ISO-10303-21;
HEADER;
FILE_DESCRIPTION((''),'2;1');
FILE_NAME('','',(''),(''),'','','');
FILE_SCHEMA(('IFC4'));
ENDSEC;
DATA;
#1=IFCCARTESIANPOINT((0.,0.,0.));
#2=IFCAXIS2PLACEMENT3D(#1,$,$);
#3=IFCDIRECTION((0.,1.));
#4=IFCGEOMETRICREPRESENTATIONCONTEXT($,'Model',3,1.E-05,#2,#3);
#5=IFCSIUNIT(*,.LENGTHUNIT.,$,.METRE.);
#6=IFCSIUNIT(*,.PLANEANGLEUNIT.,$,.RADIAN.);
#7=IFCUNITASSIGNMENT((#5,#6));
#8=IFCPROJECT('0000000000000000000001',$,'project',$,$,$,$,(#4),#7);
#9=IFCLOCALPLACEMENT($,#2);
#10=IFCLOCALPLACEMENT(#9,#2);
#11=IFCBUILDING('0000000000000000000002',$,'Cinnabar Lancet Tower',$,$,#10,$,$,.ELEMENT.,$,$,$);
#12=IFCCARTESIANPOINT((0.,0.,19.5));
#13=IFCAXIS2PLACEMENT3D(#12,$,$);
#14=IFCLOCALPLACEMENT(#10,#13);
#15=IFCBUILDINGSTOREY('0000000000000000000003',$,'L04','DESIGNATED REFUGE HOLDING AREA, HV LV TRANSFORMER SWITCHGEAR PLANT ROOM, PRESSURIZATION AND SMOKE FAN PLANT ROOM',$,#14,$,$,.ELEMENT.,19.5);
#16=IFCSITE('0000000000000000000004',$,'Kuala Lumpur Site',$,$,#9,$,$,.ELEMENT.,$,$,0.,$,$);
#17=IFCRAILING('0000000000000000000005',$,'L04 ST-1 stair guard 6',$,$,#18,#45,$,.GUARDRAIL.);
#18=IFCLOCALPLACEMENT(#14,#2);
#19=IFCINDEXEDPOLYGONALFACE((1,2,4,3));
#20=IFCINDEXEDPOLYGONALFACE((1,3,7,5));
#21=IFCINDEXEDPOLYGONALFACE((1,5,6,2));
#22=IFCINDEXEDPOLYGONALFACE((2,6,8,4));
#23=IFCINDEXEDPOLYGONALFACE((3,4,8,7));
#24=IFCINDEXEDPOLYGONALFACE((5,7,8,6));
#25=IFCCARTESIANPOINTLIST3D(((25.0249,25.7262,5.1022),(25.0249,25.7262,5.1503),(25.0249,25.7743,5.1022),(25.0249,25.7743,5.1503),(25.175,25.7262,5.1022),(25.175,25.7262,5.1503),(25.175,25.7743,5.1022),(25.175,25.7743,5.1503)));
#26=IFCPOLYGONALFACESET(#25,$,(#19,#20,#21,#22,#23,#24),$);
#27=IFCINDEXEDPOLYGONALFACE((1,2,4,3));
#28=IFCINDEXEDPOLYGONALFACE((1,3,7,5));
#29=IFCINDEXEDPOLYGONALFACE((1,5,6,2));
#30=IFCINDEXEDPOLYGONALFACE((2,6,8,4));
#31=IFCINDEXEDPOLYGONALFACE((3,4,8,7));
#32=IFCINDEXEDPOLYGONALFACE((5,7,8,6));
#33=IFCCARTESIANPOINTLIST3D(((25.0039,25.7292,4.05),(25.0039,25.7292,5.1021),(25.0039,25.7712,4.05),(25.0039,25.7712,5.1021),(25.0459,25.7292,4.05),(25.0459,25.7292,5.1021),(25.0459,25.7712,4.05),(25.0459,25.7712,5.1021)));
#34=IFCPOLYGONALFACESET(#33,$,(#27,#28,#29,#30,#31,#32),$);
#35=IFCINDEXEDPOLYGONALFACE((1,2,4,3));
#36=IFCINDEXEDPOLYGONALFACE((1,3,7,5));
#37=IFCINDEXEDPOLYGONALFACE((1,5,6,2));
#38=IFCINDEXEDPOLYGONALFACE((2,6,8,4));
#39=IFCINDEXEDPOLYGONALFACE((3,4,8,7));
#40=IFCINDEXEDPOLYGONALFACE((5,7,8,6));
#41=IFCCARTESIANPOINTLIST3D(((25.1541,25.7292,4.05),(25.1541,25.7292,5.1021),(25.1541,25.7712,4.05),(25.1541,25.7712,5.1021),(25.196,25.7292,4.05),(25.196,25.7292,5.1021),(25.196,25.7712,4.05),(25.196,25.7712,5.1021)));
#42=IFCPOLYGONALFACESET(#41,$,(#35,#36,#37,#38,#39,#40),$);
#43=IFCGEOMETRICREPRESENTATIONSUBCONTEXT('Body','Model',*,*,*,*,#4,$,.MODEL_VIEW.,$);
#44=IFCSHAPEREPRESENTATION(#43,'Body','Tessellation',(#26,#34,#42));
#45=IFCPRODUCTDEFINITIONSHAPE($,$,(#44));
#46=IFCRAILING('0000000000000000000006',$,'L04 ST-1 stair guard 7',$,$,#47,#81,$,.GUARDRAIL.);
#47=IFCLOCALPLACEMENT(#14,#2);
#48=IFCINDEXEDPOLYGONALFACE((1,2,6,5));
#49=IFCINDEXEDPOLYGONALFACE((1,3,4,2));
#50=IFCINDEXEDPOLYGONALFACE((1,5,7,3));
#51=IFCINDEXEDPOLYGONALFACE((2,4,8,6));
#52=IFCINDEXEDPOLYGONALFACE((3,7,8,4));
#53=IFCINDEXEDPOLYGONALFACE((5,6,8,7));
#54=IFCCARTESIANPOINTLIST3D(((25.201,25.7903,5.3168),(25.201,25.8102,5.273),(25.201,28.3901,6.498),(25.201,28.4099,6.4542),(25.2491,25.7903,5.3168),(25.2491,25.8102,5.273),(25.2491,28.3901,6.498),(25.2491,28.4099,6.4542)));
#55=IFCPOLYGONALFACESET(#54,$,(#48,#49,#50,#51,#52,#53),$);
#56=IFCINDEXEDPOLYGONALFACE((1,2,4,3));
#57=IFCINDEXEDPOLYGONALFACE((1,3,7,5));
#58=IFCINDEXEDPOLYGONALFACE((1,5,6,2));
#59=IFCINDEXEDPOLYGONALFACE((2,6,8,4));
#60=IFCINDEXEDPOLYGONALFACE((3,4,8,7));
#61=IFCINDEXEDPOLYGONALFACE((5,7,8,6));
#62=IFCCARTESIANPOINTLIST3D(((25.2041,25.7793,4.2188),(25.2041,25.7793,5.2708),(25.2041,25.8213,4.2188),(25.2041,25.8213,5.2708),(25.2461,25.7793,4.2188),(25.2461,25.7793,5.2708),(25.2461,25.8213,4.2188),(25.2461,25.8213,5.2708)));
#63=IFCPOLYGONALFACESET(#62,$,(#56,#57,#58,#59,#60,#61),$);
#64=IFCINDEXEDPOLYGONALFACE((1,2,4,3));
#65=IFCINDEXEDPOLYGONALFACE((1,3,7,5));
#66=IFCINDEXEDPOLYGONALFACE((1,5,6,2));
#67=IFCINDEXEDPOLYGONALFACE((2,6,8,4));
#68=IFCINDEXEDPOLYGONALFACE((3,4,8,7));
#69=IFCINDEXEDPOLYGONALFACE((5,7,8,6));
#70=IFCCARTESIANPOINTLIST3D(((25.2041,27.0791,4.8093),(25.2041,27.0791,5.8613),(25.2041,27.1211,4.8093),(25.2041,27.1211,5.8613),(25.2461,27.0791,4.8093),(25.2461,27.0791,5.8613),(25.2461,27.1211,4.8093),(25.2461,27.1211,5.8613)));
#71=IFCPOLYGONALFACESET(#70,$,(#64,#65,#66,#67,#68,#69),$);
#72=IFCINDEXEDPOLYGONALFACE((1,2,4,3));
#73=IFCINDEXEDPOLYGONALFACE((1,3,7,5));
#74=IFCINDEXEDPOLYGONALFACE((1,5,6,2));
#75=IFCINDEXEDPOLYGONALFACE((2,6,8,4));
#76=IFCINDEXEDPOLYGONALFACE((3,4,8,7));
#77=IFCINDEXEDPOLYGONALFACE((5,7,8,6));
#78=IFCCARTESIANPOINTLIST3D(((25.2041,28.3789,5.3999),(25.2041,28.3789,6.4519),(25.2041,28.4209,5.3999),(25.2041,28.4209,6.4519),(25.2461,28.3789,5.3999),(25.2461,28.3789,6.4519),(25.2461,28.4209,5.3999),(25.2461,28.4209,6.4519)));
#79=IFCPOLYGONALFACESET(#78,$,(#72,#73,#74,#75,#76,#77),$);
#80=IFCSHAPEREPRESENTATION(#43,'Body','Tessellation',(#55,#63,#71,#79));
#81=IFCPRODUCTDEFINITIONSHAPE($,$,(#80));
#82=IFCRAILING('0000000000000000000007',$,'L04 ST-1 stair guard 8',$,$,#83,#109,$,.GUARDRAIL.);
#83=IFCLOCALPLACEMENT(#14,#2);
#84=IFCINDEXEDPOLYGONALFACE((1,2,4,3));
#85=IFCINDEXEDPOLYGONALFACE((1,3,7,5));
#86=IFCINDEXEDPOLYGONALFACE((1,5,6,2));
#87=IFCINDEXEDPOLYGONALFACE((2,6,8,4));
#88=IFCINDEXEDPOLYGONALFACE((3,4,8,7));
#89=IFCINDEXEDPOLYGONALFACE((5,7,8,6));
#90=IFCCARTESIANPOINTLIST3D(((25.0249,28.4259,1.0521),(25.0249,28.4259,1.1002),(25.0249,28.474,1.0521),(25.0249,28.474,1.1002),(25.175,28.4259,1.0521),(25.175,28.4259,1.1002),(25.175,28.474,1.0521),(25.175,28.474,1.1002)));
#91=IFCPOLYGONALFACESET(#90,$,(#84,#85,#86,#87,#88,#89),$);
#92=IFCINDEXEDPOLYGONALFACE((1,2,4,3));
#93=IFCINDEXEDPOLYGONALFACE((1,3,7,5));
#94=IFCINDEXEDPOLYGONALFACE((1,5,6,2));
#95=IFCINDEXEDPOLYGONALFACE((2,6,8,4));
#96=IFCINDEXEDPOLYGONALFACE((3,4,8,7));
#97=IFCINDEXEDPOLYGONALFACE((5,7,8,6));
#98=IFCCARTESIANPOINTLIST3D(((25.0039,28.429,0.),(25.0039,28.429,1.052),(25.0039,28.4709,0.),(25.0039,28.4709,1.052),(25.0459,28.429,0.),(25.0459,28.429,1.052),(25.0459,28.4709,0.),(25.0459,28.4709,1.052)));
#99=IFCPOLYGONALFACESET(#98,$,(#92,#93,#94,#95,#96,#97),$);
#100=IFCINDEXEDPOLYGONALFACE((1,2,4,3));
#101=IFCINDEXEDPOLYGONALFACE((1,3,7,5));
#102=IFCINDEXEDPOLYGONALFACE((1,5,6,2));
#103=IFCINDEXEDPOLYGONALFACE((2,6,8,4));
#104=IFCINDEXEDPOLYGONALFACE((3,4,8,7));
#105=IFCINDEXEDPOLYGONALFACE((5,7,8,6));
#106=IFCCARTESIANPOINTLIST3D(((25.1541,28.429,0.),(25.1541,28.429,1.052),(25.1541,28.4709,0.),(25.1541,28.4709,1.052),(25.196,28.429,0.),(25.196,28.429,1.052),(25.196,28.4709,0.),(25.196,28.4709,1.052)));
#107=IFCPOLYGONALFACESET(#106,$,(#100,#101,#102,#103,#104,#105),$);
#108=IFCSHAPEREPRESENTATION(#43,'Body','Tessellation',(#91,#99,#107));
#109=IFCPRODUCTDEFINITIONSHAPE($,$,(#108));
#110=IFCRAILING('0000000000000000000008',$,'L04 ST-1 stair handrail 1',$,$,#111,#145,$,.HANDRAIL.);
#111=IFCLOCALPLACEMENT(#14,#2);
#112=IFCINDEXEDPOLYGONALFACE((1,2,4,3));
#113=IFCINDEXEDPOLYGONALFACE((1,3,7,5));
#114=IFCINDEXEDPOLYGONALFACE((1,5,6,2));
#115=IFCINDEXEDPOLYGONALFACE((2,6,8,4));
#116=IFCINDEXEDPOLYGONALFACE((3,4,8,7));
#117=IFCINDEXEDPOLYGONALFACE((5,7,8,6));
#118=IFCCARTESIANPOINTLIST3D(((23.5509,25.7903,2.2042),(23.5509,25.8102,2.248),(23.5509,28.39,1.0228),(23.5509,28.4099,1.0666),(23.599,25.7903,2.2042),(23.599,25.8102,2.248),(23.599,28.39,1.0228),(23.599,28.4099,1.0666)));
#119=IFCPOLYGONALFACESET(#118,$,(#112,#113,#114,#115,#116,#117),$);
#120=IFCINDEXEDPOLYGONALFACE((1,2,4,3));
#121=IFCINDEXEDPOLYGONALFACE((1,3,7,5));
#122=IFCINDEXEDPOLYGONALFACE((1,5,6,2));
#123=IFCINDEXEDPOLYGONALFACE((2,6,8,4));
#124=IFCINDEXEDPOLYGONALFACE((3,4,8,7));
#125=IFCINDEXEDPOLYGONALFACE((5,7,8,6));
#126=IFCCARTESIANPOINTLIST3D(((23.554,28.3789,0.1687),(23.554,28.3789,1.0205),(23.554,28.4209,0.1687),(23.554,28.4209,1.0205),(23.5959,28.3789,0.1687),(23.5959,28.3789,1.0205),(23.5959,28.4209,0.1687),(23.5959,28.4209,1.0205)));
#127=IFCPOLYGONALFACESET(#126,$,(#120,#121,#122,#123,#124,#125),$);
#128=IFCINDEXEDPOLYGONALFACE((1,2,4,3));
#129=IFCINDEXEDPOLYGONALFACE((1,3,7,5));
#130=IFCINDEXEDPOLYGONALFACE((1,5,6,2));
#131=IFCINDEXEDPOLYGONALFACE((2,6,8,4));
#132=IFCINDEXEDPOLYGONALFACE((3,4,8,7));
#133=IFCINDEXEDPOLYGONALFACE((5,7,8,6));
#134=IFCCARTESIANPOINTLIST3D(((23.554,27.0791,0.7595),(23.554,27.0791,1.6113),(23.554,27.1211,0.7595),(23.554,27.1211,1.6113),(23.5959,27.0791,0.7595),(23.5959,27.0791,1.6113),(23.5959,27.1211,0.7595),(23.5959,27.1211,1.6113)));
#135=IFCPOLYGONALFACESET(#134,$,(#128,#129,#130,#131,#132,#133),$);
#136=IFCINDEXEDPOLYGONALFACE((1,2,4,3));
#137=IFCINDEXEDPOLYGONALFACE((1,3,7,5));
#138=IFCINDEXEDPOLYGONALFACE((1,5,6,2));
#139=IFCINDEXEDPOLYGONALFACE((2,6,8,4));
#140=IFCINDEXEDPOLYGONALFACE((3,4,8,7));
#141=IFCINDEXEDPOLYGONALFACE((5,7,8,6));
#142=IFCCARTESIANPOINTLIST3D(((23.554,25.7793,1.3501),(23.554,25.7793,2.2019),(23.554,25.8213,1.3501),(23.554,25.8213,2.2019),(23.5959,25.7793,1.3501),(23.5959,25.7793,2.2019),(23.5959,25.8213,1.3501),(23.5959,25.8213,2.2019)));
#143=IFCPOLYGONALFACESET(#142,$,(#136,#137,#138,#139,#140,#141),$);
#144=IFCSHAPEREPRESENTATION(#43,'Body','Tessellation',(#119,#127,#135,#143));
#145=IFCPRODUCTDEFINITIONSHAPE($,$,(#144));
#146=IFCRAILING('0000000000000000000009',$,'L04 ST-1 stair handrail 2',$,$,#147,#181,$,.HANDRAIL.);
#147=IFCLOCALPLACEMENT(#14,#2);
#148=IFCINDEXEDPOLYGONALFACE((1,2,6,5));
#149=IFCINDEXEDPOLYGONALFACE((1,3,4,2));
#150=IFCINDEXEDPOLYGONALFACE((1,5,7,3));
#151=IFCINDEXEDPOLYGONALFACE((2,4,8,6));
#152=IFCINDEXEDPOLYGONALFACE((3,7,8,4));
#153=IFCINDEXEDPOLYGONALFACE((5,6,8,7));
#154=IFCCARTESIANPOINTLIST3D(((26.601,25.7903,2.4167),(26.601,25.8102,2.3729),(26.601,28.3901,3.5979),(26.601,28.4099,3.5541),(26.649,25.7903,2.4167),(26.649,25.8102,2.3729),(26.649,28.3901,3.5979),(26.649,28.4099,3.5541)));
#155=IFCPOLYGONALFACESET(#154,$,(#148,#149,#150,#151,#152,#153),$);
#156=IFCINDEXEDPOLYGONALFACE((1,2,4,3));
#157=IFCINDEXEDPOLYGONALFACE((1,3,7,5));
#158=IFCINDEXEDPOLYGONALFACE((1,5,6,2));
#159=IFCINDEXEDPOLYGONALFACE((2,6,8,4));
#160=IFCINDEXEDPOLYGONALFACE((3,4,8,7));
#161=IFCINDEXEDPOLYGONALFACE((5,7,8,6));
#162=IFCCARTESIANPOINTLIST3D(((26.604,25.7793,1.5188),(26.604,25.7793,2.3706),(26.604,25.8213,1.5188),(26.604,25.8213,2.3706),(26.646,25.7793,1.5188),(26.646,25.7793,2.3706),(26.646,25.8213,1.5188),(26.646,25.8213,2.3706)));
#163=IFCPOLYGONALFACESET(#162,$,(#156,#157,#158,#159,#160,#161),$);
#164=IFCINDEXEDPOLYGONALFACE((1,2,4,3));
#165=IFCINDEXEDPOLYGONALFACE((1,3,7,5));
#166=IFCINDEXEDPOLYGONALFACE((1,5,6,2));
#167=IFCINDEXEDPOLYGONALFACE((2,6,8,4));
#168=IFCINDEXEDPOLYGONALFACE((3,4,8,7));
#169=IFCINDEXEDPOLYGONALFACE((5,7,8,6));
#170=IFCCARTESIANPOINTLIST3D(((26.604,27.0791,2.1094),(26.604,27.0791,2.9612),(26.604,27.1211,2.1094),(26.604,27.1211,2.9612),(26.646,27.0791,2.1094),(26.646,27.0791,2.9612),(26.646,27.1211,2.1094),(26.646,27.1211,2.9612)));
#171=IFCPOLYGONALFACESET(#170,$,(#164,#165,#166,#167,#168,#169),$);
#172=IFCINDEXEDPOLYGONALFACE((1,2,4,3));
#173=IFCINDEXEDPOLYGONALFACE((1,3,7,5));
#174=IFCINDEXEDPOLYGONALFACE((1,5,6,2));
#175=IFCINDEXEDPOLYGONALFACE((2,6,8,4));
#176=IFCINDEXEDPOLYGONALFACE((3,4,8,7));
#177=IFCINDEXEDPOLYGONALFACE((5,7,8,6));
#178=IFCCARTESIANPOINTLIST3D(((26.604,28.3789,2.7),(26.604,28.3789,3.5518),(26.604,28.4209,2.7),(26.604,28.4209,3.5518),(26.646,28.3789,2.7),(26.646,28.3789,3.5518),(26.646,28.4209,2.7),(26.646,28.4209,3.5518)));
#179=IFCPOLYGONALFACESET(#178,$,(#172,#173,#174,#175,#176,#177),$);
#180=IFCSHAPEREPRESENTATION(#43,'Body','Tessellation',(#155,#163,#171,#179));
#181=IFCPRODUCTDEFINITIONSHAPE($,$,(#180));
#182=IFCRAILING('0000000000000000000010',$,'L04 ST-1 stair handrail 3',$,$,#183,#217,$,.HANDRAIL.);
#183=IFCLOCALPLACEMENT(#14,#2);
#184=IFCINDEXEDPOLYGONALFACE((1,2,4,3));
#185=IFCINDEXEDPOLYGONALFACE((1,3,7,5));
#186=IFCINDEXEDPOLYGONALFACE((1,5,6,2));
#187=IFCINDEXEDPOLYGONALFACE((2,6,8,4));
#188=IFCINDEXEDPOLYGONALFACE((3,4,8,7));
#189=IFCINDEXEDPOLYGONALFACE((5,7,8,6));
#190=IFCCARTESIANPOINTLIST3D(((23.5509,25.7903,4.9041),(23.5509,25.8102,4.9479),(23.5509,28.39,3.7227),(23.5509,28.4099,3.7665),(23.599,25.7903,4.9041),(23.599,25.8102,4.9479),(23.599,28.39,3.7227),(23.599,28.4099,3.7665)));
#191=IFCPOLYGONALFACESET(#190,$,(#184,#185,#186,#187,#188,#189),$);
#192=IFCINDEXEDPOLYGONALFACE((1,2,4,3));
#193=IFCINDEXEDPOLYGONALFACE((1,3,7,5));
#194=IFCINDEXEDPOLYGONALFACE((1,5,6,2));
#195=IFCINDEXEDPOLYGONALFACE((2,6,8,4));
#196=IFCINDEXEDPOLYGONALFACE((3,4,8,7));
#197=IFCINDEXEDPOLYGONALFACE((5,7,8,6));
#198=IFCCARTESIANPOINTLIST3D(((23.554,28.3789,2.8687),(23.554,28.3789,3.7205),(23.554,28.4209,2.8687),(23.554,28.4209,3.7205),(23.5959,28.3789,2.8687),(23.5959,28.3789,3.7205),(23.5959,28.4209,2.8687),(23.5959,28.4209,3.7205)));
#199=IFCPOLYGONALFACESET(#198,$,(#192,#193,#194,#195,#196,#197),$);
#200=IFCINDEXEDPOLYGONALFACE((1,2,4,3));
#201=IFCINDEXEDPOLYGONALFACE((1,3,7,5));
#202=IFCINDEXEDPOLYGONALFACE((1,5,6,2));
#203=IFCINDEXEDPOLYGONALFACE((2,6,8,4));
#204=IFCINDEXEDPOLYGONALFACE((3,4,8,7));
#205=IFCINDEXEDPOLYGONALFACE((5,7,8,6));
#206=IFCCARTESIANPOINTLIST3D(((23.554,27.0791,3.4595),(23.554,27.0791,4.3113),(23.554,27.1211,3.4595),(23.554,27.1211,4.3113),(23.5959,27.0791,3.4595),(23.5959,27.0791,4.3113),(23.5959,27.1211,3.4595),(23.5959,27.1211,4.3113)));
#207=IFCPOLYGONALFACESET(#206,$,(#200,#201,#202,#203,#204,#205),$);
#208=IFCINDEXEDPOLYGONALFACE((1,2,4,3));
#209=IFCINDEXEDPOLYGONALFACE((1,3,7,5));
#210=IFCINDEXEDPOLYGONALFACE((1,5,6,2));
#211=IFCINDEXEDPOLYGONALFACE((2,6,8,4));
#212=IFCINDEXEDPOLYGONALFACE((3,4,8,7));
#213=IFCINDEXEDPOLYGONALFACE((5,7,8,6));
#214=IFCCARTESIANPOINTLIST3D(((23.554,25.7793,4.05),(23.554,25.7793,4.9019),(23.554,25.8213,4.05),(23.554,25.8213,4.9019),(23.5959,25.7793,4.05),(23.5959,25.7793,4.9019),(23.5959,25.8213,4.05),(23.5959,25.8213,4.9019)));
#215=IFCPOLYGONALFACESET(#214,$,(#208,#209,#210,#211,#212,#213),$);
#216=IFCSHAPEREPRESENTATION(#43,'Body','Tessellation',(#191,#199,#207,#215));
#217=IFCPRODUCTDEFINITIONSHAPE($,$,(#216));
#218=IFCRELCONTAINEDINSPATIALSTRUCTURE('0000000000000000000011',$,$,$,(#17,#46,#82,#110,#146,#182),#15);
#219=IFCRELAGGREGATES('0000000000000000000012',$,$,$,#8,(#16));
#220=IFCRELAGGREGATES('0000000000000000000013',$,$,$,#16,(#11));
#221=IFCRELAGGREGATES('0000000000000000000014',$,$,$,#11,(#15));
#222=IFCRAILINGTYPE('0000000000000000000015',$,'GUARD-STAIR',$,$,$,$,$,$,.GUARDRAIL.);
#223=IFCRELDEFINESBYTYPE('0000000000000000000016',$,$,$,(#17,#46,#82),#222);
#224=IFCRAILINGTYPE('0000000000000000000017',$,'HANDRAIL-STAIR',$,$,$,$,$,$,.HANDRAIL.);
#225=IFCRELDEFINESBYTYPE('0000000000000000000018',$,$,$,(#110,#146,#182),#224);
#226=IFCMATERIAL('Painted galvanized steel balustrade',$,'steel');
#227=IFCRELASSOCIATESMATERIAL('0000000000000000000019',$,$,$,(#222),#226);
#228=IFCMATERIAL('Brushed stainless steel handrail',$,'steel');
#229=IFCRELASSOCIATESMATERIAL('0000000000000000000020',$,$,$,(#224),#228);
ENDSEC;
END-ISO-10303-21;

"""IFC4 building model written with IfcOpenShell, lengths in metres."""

from ifc_helpers import new_model, si_unit, direction, frame, origin, origin_2d, place, context, subcontext, project, spatial, rectangle, extrude, material, type_object, element, save


model = new_model("IFC4")

# Units and contexts
model_context = context("Model", 3, precision=1e-05, world=origin(), true_north=direction((0.0, 1.0)))
body_context = subcontext(model_context, "Body", "Model", "MODEL_VIEW")
ifc_project = project(units=[si_unit("LENGTHUNIT", "METRE"), si_unit("PLANEANGLEUNIT", "RADIAN")], contexts=[model_context])

# Site, building, storey
site_placement = place(None, origin())
site = spatial("IfcSite", under=ifc_project, at=site_placement, Name="Kuala Lumpur Site", CompositionType="ELEMENT", RefElevation=0.0)
building_placement = place(site_placement, origin())
building = spatial("IfcBuilding", under=site, at=building_placement, Name="Cinnabar Lancet Tower", CompositionType="ELEMENT")
storey_placement = place(building_placement, frame((0.0, 0.0, 19.5)))
storey = spatial("IfcBuildingStorey", under=building, at=storey_placement, Name="L04", Description="DESIGNATED REFUGE HOLDING AREA, HV LV TRANSFORMER SWITCHGEAR PLANT ROOM, PRESSURIZATION AND SMOKE FAN PLANT ROOM", CompositionType="ELEMENT", Elevation=19.5)

# Railings
ifc_material_1 = material(Name="Painted galvanized steel balustrade", Category="steel")
railing_type_1 = type_object("IfcRailingType", Name="GUARD-STAIR", PredefinedType="GUARDRAIL", material=ifc_material_1)
railing_1_placement = place(storey_placement, frame((25.0249, 25.7502, 4.05)))
element("IfcRailing", 1, at=railing_1_placement, inside=storey, type_object=railing_type_1, Name="L04 ST-1 stair guard 6", PredefinedType="GUARDRAIL", context=body_context, shape_type="SweptSolid", body=[
    extrude(rectangle(XDim=0.0481, YDim=0.0481, at=origin_2d()), frame((0.0, 0.0, 1.0762), z_axis=(1.0, 0.0, 0.0), x_axis=(0.0, 1.0, 0.0)), (0.0, 0.0, 1.0), 0.1501),
    extrude(rectangle(XDim=0.042, YDim=0.042, at=origin_2d()), origin(), (0.0, 0.0, 1.0), 1.052),
    extrude(rectangle(XDim=0.042, YDim=0.042, at=origin_2d()), frame((0.1501, 0.0, 0.0)), (0.0, 0.0, 1.0), 1.052),
])
railing_2_placement = place(storey_placement, frame((25.2251, 25.8003, 4.2188)))
element("IfcRailing", 2, at=railing_2_placement, inside=storey, type_object=railing_type_1, Name="L04 ST-1 stair guard 7", PredefinedType="GUARDRAIL", context=body_context, shape_type="SweptSolid", body=[
    extrude(rectangle(XDim=0.0481, YDim=0.0481, at=origin_2d()), frame((0.0, 0.0, 1.0762), z_axis=(0.0, 0.910431, 0.413661), x_axis=(-1.0, 0.0, 0.0)), (0.0, 0.0, 1.0), 2.8555),
    extrude(rectangle(XDim=0.042, YDim=0.042, at=origin_2d()), origin(), (0.0, 0.0, 1.0), 1.052),
    extrude(rectangle(XDim=0.042, YDim=0.042, at=origin_2d()), frame((0.0, 1.2998, 0.5906)), (0.0, 0.0, 1.0), 1.052),
    extrude(rectangle(XDim=0.042, YDim=0.042, at=origin_2d()), frame((0.0, 2.5996, 1.1812)), (0.0, 0.0, 1.0), 1.052),
])
railing_3_placement = place(storey_placement, frame((25.0249, 28.45, 0.0)))
element("IfcRailing", 3, at=railing_3_placement, inside=storey, type_object=railing_type_1, Name="L04 ST-1 stair guard 8", PredefinedType="GUARDRAIL", context=body_context, shape_type="SweptSolid", body=[
    extrude(rectangle(XDim=0.0481, YDim=0.0481, at=origin_2d()), frame((0.0, 0.0, 1.0762), z_axis=(1.0, 0.0, 0.0), x_axis=(0.0, 1.0, 0.0)), (0.0, 0.0, 1.0), 0.1501),
    extrude(rectangle(XDim=0.042, YDim=0.042, at=origin_2d()), origin(), (0.0, 0.0, 1.0), 1.052),
    extrude(rectangle(XDim=0.042, YDim=0.042, at=origin_2d()), frame((0.1501, 0.0, 0.0)), (0.0, 0.0, 1.0), 1.052),
])
ifc_material_2 = material(Name="Brushed stainless steel handrail", Category="steel")
railing_type_2 = type_object("IfcRailingType", Name="HANDRAIL-STAIR", PredefinedType="HANDRAIL", material=ifc_material_2)
railing_4_placement = place(storey_placement, frame((23.575, 28.3999, 0.1687)))
element("IfcRailing", 4, at=railing_4_placement, inside=storey, type_object=railing_type_2, Name="L04 ST-1 stair handrail 1", PredefinedType="HANDRAIL", context=body_context, shape_type="SweptSolid", body=[
    extrude(rectangle(XDim=0.0481, YDim=0.0481, at=origin_2d()), frame((0.0, 0.0, 0.876), z_axis=(0.0, -0.910399, 0.413732), x_axis=(1.0, 0.0, 0.0)), (0.0, 0.0, 1.0), 2.8555),
    extrude(rectangle(XDim=0.042, YDim=0.042, at=origin_2d()), origin(), (0.0, 0.0, 1.0), 0.8518),
    extrude(rectangle(XDim=0.042, YDim=0.042, at=origin_2d()), frame((0.0, -1.2998, 0.5908)), (0.0, 0.0, 1.0), 0.8518),
    extrude(rectangle(XDim=0.042, YDim=0.042, at=origin_2d()), frame((0.0, -2.5996, 1.1814)), (0.0, 0.0, 1.0), 0.8518),
])
railing_5_placement = place(storey_placement, frame((26.625, 25.8003, 1.5188)))
element("IfcRailing", 5, at=railing_5_placement, inside=storey, type_object=railing_type_2, Name="L04 ST-1 stair handrail 2", PredefinedType="HANDRAIL", context=body_context, shape_type="SweptSolid", body=[
    extrude(rectangle(XDim=0.0481, YDim=0.0481, at=origin_2d()), frame((0.0, 0.0, 0.876), z_axis=(0.0, 0.910431, 0.413661), x_axis=(-1.0, 0.0, 0.0)), (0.0, 0.0, 1.0), 2.8555),
    extrude(rectangle(XDim=0.042, YDim=0.042, at=origin_2d()), origin(), (0.0, 0.0, 1.0), 0.8518),
    extrude(rectangle(XDim=0.042, YDim=0.042, at=origin_2d()), frame((0.0, 1.2998, 0.5906)), (0.0, 0.0, 1.0), 0.8518),
    extrude(rectangle(XDim=0.042, YDim=0.042, at=origin_2d()), frame((0.0, 2.5996, 1.1812)), (0.0, 0.0, 1.0), 0.8518),
])
railing_6_placement = place(storey_placement, frame((23.575, 28.3999, 2.8687)))
element("IfcRailing", 6, at=railing_6_placement, inside=storey, type_object=railing_type_2, Name="L04 ST-1 stair handrail 3", PredefinedType="HANDRAIL", context=body_context, shape_type="SweptSolid", body=[
    extrude(rectangle(XDim=0.0481, YDim=0.0481, at=origin_2d()), frame((0.0, 0.0, 0.876), z_axis=(0.0, -0.910399, 0.413732), x_axis=(1.0, 0.0, 0.0)), (0.0, 0.0, 1.0), 2.8555),
    extrude(rectangle(XDim=0.042, YDim=0.042, at=origin_2d()), origin(), (0.0, 0.0, 1.0), 0.8518),
    extrude(rectangle(XDim=0.042, YDim=0.042, at=origin_2d()), frame((0.0, -1.2998, 0.5908)), (0.0, 0.0, 1.0), 0.8518),
    extrude(rectangle(XDim=0.042, YDim=0.042, at=origin_2d()), frame((0.0, -2.5996, 1.1814)), (0.0, 0.0, 1.0), 0.8518),
])

save(model, "model.ifc")
